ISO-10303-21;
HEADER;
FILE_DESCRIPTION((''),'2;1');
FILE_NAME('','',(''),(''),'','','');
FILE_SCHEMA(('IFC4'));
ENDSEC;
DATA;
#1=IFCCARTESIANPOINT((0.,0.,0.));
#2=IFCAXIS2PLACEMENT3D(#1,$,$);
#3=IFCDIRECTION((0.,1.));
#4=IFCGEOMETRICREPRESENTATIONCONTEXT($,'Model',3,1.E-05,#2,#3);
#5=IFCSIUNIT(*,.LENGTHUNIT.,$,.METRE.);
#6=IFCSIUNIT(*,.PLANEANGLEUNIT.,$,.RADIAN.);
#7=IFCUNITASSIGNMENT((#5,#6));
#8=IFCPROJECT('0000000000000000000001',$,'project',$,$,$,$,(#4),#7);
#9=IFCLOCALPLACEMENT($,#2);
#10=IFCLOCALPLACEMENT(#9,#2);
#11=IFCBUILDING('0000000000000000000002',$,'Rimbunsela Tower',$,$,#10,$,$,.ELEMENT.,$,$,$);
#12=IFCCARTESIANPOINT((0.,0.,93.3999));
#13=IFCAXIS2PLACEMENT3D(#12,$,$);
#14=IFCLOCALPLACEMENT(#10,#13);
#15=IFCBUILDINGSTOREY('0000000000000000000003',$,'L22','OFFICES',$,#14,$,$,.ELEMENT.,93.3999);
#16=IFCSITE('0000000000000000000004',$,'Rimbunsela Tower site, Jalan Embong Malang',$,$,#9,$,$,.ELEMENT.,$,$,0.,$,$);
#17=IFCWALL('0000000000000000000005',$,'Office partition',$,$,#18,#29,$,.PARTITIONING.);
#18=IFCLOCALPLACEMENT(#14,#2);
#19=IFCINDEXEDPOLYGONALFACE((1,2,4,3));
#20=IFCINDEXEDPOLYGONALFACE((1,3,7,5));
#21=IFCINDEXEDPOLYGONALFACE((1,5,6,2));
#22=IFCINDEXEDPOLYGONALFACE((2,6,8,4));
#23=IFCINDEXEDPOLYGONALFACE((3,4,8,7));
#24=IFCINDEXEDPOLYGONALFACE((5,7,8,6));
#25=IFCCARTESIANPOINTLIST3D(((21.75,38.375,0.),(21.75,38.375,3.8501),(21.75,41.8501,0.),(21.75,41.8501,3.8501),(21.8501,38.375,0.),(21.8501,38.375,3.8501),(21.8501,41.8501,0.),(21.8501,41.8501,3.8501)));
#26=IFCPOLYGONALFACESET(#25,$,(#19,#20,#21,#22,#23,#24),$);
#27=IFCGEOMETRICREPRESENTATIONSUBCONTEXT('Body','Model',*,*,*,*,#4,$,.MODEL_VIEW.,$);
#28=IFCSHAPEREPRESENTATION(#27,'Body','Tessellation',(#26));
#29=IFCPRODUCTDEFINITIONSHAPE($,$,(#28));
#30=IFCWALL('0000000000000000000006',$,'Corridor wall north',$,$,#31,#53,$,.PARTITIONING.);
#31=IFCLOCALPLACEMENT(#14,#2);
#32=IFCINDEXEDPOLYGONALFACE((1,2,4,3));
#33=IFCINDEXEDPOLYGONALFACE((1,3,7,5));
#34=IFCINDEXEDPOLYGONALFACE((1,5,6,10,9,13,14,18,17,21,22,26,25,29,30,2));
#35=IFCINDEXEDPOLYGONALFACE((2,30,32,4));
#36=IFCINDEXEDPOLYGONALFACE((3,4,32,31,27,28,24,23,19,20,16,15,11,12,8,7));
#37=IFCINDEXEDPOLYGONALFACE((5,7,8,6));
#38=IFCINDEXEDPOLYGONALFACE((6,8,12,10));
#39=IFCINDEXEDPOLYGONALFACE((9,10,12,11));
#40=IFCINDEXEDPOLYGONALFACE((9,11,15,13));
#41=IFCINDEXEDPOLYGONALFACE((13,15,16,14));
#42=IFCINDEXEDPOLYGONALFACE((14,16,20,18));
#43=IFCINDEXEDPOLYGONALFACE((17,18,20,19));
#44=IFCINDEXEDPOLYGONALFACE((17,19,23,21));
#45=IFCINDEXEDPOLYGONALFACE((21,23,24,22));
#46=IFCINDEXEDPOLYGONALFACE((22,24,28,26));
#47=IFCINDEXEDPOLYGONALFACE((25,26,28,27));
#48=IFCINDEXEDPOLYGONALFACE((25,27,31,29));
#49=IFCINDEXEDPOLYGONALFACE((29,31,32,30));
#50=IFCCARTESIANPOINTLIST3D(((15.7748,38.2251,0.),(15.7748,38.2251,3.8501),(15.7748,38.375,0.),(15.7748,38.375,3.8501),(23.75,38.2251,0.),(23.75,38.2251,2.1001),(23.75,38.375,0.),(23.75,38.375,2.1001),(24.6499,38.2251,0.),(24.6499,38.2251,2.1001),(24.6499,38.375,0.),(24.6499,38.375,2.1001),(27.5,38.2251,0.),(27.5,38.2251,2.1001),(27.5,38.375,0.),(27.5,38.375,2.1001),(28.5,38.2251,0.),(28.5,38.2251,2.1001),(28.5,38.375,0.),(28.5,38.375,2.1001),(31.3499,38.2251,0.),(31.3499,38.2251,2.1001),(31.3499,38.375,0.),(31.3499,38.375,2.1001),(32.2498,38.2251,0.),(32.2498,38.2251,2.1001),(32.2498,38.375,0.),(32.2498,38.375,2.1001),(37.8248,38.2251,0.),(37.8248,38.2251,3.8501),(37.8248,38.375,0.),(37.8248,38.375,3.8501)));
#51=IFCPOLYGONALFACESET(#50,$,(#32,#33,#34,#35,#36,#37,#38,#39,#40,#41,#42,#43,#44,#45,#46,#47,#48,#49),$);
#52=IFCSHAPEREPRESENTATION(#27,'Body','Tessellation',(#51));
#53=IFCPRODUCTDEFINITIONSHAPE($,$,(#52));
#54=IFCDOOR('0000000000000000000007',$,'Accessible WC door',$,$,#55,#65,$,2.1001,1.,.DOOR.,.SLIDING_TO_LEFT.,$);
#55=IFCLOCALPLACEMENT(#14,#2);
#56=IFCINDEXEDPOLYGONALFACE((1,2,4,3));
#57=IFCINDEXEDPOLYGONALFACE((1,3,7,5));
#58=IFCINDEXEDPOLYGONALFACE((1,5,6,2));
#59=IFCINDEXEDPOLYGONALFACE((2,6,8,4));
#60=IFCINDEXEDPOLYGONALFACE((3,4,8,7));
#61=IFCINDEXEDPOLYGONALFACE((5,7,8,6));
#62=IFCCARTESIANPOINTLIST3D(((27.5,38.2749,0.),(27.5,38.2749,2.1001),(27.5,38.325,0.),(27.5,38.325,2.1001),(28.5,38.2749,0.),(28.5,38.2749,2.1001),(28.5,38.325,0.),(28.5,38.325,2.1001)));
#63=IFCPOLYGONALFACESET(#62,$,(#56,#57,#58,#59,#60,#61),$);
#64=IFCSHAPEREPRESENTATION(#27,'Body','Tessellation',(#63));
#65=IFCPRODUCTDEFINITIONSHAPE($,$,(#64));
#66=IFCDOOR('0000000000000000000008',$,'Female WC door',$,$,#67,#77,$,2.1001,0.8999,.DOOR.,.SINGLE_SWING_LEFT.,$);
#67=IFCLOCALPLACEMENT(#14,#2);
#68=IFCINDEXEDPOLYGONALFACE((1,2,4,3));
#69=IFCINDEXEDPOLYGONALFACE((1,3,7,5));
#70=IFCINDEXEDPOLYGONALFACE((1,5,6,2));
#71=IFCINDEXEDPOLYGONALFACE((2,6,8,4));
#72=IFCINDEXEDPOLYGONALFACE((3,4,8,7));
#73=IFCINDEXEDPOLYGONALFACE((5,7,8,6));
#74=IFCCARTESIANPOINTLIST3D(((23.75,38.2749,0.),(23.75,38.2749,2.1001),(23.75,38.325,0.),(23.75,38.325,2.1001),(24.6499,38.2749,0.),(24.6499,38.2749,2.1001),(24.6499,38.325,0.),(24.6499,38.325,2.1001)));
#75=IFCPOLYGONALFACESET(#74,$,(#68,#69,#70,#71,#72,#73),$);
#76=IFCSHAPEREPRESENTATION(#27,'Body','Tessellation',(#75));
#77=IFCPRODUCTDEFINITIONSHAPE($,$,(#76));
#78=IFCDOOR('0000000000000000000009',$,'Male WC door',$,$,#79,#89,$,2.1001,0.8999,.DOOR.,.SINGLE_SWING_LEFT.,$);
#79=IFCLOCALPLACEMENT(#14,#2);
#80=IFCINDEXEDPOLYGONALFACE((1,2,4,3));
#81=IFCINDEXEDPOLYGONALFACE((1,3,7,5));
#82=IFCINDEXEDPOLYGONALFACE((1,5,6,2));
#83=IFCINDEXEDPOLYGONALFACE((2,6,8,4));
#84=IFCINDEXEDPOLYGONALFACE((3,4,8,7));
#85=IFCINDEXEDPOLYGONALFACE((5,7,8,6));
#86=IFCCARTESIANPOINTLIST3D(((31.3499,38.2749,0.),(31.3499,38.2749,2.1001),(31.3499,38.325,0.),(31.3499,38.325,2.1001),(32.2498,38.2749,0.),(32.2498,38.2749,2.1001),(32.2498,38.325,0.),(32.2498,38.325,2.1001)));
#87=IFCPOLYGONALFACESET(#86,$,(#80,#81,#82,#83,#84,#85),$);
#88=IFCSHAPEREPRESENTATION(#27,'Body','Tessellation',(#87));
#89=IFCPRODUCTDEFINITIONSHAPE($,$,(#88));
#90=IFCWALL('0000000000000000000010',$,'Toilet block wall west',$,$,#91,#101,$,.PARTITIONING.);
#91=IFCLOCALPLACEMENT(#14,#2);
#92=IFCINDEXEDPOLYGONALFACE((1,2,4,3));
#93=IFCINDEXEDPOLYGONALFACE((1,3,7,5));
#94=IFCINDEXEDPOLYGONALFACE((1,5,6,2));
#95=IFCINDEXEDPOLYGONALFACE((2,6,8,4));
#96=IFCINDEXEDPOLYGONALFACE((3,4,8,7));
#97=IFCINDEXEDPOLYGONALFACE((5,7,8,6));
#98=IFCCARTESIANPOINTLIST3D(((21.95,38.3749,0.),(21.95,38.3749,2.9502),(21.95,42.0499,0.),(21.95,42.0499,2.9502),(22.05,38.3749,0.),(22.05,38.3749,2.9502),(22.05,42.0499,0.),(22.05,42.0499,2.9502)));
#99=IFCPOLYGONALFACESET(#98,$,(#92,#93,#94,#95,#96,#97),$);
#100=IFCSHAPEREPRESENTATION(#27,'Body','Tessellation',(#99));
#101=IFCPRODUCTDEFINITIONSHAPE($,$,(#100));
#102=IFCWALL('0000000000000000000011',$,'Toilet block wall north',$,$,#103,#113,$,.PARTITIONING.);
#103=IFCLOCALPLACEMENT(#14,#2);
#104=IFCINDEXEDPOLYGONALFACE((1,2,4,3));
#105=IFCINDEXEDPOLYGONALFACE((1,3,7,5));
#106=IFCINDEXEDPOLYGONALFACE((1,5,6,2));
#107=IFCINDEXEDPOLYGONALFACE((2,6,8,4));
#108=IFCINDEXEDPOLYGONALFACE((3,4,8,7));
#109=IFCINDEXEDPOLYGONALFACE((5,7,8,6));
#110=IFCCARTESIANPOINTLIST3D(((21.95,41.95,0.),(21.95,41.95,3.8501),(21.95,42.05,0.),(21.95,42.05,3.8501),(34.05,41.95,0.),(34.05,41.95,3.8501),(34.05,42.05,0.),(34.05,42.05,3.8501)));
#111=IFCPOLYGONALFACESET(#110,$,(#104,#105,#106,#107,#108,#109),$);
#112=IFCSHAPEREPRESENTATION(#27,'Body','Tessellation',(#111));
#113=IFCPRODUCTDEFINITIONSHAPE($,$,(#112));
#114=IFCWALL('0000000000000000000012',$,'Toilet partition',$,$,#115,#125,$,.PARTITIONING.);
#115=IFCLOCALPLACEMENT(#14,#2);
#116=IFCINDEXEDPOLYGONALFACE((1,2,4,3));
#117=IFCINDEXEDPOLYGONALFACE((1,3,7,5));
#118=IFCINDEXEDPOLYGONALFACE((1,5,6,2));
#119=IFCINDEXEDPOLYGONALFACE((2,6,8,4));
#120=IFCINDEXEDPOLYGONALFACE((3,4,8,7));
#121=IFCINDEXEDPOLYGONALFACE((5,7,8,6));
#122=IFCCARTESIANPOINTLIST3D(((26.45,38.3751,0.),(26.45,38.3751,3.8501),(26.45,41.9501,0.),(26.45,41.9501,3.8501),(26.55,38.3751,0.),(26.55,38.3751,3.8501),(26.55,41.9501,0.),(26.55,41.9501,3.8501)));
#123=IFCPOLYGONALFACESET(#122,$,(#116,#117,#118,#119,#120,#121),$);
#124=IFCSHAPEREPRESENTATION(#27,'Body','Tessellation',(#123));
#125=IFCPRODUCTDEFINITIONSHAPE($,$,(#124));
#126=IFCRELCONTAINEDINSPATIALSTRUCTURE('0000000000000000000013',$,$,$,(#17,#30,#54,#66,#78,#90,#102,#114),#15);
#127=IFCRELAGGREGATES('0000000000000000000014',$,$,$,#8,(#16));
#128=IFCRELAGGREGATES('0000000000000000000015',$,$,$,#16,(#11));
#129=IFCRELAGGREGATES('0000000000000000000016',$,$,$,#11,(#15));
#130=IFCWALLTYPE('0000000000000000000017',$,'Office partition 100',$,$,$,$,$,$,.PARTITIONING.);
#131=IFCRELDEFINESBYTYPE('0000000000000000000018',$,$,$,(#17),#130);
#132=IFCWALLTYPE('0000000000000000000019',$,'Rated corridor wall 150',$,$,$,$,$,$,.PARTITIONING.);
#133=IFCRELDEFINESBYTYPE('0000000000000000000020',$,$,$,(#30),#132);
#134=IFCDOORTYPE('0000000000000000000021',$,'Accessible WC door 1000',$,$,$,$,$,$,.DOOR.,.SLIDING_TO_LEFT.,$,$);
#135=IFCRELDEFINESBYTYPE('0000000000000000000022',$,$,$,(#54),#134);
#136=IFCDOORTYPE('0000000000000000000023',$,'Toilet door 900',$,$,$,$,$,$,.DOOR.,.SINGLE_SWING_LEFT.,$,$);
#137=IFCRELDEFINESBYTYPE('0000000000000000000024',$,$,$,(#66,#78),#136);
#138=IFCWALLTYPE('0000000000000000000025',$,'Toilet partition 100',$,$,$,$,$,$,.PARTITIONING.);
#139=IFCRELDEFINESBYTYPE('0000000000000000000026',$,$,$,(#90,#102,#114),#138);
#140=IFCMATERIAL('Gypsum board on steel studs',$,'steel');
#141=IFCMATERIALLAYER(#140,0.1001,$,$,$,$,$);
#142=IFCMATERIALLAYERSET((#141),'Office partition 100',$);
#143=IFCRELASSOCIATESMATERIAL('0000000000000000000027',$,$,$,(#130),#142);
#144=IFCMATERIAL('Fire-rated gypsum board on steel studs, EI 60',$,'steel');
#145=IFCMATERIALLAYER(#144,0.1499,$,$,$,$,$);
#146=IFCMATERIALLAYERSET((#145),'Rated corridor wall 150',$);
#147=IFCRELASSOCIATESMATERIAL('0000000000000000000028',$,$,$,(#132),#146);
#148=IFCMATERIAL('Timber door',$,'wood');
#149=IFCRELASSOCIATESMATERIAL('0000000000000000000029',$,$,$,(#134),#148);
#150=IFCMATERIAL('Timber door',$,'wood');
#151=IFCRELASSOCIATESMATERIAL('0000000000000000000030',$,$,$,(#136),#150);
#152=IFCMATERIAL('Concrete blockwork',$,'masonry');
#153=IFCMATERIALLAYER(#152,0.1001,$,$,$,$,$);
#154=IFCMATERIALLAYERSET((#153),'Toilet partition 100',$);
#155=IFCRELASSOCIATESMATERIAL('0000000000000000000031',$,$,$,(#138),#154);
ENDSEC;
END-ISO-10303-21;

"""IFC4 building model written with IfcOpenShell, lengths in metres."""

from ifc_helpers import new_model, si_unit, direction, frame, frame_2d, origin, place, context, subcontext, project, spatial, rectangle, extrude, material, layer, layer_set, type_object, element, fill, save


model = new_model("IFC4")

# Units and contexts
model_context = context("Model", 3, precision=1e-05, world=origin(), true_north=direction((0.0, 1.0)))
body_context = subcontext(model_context, "Body", "Model", "MODEL_VIEW")
ifc_project = project(units=[si_unit("LENGTHUNIT", "METRE"), si_unit("PLANEANGLEUNIT", "RADIAN")], contexts=[model_context])

# Site, building, storey
site_placement = place(None, origin())
site = spatial("IfcSite", under=ifc_project, at=site_placement, Name="Rimbunsela Tower site, Jalan Embong Malang", CompositionType="ELEMENT", RefElevation=0.0)
building_placement = place(site_placement, origin())
building = spatial("IfcBuilding", under=site, at=building_placement, Name="Rimbunsela Tower", CompositionType="ELEMENT")
storey_placement = place(building_placement, frame((0.0, 0.0, 93.3999)))
storey = spatial("IfcBuildingStorey", under=building, at=storey_placement, Name="L22", Description="OFFICES", CompositionType="ELEMENT", Elevation=93.3999)

# Shared definitions
ifc_material_1 = material(Name="Gypsum board on steel studs", Category="steel")
ifc_layer_1 = layer(ifc_material_1, 0.1001)
ifc_layer_set_1 = layer_set([ifc_layer_1], Name="Office partition 100")
wall_type_1 = type_object("IfcWallType", Name="Office partition 100", PredefinedType="PARTITIONING", material=ifc_layer_set_1)

# Wall
for number, where, z_axis, x_axis, name in (
    (1, (21.8, 38.375, 0.0), (0.0, 0.0, 1.0), (0.0, 1.0, 0.0), "Office partition"),
):
    element("IfcWall", number, at=place(storey_placement, frame(where, z_axis=z_axis, x_axis=x_axis)), inside=storey, type_object=wall_type_1, Name=name, PredefinedType="PARTITIONING", context=body_context, shape_type="SweptSolid", body=[
        extrude(rectangle(XDim=3.4751, YDim=0.1001, at=frame_2d((1.7375, 0.0))), origin(), (0.0, 0.0, 1.0), 3.8501),
    ])

# Wall, openings, doors
ifc_material_2 = material(Name="Fire-rated gypsum board on steel studs, EI 60", Category="steel")
ifc_layer_2 = layer(ifc_material_2, 0.1499)
ifc_layer_set_2 = layer_set([ifc_layer_2], Name="Rated corridor wall 150")
wall_type_2 = type_object("IfcWallType", Name="Rated corridor wall 150", PredefinedType="PARTITIONING", material=ifc_layer_set_2)
wall_1_placement = place(storey_placement, frame((15.7749, 38.3, 0.0), z_axis=(0.0, 0.0, 1.0), x_axis=(1.0, 0.0, 0.0)))
wall_1 = element("IfcWall", 2, at=wall_1_placement, inside=storey, type_object=wall_type_2, Name="Corridor wall north", PredefinedType="PARTITIONING", context=body_context, shape_type="SweptSolid", body=[
    extrude(rectangle(XDim=22.05, YDim=0.1499, at=frame_2d((11.0249, 0.0))), origin(), (0.0, 0.0, 1.0), 3.8501),
])
opening_1_placement = place(wall_1_placement, frame((7.9751, 0.0, 0.0)))
opening_1 = element("IfcOpeningElement", 3, at=opening_1_placement, cuts=wall_1, PredefinedType="OPENING", context=body_context, shape_type="SweptSolid", body=[
    extrude(rectangle(XDim=0.8999, YDim=2.1001, at=frame_2d((0.45, 1.05))), frame((0.0, 0.085, 0.0), z_axis=(0.0, -1.0, 0.0), x_axis=(1.0, 0.0, 0.0)), (0.0, 0.0, 1.0), 0.1699),
])
opening_2_placement = place(wall_1_placement, frame((11.7251, 0.0, 0.0)))
opening_2 = element("IfcOpeningElement", 4, at=opening_2_placement, cuts=wall_1, PredefinedType="OPENING", context=body_context, shape_type="SweptSolid", body=[
    extrude(rectangle(XDim=1.0, YDim=2.1001, at=frame_2d((0.5, 1.05))), frame((0.0, 0.085, 0.0), z_axis=(0.0, -1.0, 0.0), x_axis=(1.0, 0.0, 0.0)), (0.0, 0.0, 1.0), 0.1699),
])
opening_3_placement = place(wall_1_placement, frame((15.575, 0.0, 0.0)))
opening_3 = element("IfcOpeningElement", 5, at=opening_3_placement, cuts=wall_1, PredefinedType="OPENING", context=body_context, shape_type="SweptSolid", body=[
    extrude(rectangle(XDim=0.8999, YDim=2.1001, at=frame_2d((0.45, 1.05))), frame((0.0, 0.085, 0.0), z_axis=(0.0, -1.0, 0.0), x_axis=(1.0, 0.0, 0.0)), (0.0, 0.0, 1.0), 0.1699),
])
ifc_material_3 = material(Name="Timber door", Category="wood")
door_type_1 = type_object("IfcDoorType", Name="Accessible WC door 1000", OperationType="SLIDING_TO_LEFT", PredefinedType="DOOR", material=ifc_material_3)
door_1_placement = place(opening_2_placement, origin())
door_1 = element("IfcDoor", 6, at=door_1_placement, inside=storey, type_object=door_type_1, Name="Accessible WC door", OperationType="SLIDING_TO_LEFT", OverallHeight=2.1001, OverallWidth=1.0, PredefinedType="DOOR", context=body_context, shape_type="SweptSolid", body=[
    extrude(rectangle(XDim=1.0, YDim=2.1001, at=frame_2d((0.5, 1.05))), frame((0.0, 0.0249, 0.0), z_axis=(0.0, -1.0, 0.0), x_axis=(1.0, 0.0, 0.0)), (0.0, 0.0, 1.0), 0.05),
])
fill(opening_2, door_1)
ifc_material_4 = material(Name="Timber door", Category="wood")
door_type_2 = type_object("IfcDoorType", Name="Toilet door 900", OperationType="SINGLE_SWING_LEFT", PredefinedType="DOOR", material=ifc_material_4)
door_2_placement = place(opening_1_placement, origin())
door_2 = element("IfcDoor", 7, at=door_2_placement, inside=storey, type_object=door_type_2, Name="Female WC door", OperationType="SINGLE_SWING_LEFT", OverallHeight=2.1001, OverallWidth=0.8999, PredefinedType="DOOR", context=body_context, shape_type="SweptSolid", body=[
    extrude(rectangle(XDim=0.8999, YDim=2.1001, at=frame_2d((0.45, 1.05))), frame((0.0, 0.0249, 0.0), z_axis=(0.0, -1.0, 0.0), x_axis=(1.0, 0.0, 0.0)), (0.0, 0.0, 1.0), 0.05),
])
fill(opening_1, door_2)
door_3_placement = place(opening_3_placement, origin())
door_3 = element("IfcDoor", 8, at=door_3_placement, inside=storey, type_object=door_type_2, Name="Male WC door", OperationType="SINGLE_SWING_LEFT", OverallHeight=2.1001, OverallWidth=0.8999, PredefinedType="DOOR", context=body_context, shape_type="SweptSolid", body=[
    extrude(rectangle(XDim=0.8999, YDim=2.1001, at=frame_2d((0.45, 1.05))), frame((0.0, 0.0249, 0.0), z_axis=(0.0, -1.0, 0.0), x_axis=(1.0, 0.0, 0.0)), (0.0, 0.0, 1.0), 0.05),
])
fill(opening_3, door_3)

# Walls
ifc_material_5 = material(Name="Concrete blockwork", Category="masonry")
ifc_layer_3 = layer(ifc_material_5, 0.1001)
ifc_layer_set_3 = layer_set([ifc_layer_3], Name="Toilet partition 100")
wall_type_3 = type_object("IfcWallType", Name="Toilet partition 100", PredefinedType="PARTITIONING", material=ifc_layer_set_3)
wall_2_placement = place(storey_placement, frame((22.0, 38.375, 0.0), z_axis=(0.0, 0.0, 1.0), x_axis=(0.0, 1.0, 0.0)))
element("IfcWall", 9, at=wall_2_placement, inside=storey, type_object=wall_type_3, Name="Toilet block wall west", PredefinedType="PARTITIONING", context=body_context, shape_type="SweptSolid", body=[
    extrude(rectangle(XDim=3.675, YDim=0.1001, at=frame_2d((1.8374, 0.0))), origin(), (0.0, 0.0, 1.0), 2.9502),
])
wall_3_placement = place(storey_placement, frame((21.95, 42.0, 0.0), z_axis=(0.0, 0.0, 1.0), x_axis=(1.0, 0.0, 0.0)))
element("IfcWall", 10, at=wall_3_placement, inside=storey, type_object=wall_type_3, Name="Toilet block wall north", PredefinedType="PARTITIONING", context=body_context, shape_type="SweptSolid", body=[
    extrude(rectangle(XDim=12.1001, YDim=0.1001, at=frame_2d((6.05, 0.0))), origin(), (0.0, 0.0, 1.0), 3.8501),
])
wall_4_placement = place(storey_placement, frame((26.5, 38.375, 0.0), z_axis=(0.0, 0.0, 1.0), x_axis=(0.0, 1.0, 0.0)))
element("IfcWall", 11, at=wall_4_placement, inside=storey, type_object=wall_type_3, Name="Toilet partition", PredefinedType="PARTITIONING", context=body_context, shape_type="SweptSolid", body=[
    extrude(rectangle(XDim=3.575, YDim=0.1001, at=frame_2d((1.7876, 0.0))), origin(), (0.0, 0.0, 1.0), 3.8501),
])

save(model, "model.ifc")
